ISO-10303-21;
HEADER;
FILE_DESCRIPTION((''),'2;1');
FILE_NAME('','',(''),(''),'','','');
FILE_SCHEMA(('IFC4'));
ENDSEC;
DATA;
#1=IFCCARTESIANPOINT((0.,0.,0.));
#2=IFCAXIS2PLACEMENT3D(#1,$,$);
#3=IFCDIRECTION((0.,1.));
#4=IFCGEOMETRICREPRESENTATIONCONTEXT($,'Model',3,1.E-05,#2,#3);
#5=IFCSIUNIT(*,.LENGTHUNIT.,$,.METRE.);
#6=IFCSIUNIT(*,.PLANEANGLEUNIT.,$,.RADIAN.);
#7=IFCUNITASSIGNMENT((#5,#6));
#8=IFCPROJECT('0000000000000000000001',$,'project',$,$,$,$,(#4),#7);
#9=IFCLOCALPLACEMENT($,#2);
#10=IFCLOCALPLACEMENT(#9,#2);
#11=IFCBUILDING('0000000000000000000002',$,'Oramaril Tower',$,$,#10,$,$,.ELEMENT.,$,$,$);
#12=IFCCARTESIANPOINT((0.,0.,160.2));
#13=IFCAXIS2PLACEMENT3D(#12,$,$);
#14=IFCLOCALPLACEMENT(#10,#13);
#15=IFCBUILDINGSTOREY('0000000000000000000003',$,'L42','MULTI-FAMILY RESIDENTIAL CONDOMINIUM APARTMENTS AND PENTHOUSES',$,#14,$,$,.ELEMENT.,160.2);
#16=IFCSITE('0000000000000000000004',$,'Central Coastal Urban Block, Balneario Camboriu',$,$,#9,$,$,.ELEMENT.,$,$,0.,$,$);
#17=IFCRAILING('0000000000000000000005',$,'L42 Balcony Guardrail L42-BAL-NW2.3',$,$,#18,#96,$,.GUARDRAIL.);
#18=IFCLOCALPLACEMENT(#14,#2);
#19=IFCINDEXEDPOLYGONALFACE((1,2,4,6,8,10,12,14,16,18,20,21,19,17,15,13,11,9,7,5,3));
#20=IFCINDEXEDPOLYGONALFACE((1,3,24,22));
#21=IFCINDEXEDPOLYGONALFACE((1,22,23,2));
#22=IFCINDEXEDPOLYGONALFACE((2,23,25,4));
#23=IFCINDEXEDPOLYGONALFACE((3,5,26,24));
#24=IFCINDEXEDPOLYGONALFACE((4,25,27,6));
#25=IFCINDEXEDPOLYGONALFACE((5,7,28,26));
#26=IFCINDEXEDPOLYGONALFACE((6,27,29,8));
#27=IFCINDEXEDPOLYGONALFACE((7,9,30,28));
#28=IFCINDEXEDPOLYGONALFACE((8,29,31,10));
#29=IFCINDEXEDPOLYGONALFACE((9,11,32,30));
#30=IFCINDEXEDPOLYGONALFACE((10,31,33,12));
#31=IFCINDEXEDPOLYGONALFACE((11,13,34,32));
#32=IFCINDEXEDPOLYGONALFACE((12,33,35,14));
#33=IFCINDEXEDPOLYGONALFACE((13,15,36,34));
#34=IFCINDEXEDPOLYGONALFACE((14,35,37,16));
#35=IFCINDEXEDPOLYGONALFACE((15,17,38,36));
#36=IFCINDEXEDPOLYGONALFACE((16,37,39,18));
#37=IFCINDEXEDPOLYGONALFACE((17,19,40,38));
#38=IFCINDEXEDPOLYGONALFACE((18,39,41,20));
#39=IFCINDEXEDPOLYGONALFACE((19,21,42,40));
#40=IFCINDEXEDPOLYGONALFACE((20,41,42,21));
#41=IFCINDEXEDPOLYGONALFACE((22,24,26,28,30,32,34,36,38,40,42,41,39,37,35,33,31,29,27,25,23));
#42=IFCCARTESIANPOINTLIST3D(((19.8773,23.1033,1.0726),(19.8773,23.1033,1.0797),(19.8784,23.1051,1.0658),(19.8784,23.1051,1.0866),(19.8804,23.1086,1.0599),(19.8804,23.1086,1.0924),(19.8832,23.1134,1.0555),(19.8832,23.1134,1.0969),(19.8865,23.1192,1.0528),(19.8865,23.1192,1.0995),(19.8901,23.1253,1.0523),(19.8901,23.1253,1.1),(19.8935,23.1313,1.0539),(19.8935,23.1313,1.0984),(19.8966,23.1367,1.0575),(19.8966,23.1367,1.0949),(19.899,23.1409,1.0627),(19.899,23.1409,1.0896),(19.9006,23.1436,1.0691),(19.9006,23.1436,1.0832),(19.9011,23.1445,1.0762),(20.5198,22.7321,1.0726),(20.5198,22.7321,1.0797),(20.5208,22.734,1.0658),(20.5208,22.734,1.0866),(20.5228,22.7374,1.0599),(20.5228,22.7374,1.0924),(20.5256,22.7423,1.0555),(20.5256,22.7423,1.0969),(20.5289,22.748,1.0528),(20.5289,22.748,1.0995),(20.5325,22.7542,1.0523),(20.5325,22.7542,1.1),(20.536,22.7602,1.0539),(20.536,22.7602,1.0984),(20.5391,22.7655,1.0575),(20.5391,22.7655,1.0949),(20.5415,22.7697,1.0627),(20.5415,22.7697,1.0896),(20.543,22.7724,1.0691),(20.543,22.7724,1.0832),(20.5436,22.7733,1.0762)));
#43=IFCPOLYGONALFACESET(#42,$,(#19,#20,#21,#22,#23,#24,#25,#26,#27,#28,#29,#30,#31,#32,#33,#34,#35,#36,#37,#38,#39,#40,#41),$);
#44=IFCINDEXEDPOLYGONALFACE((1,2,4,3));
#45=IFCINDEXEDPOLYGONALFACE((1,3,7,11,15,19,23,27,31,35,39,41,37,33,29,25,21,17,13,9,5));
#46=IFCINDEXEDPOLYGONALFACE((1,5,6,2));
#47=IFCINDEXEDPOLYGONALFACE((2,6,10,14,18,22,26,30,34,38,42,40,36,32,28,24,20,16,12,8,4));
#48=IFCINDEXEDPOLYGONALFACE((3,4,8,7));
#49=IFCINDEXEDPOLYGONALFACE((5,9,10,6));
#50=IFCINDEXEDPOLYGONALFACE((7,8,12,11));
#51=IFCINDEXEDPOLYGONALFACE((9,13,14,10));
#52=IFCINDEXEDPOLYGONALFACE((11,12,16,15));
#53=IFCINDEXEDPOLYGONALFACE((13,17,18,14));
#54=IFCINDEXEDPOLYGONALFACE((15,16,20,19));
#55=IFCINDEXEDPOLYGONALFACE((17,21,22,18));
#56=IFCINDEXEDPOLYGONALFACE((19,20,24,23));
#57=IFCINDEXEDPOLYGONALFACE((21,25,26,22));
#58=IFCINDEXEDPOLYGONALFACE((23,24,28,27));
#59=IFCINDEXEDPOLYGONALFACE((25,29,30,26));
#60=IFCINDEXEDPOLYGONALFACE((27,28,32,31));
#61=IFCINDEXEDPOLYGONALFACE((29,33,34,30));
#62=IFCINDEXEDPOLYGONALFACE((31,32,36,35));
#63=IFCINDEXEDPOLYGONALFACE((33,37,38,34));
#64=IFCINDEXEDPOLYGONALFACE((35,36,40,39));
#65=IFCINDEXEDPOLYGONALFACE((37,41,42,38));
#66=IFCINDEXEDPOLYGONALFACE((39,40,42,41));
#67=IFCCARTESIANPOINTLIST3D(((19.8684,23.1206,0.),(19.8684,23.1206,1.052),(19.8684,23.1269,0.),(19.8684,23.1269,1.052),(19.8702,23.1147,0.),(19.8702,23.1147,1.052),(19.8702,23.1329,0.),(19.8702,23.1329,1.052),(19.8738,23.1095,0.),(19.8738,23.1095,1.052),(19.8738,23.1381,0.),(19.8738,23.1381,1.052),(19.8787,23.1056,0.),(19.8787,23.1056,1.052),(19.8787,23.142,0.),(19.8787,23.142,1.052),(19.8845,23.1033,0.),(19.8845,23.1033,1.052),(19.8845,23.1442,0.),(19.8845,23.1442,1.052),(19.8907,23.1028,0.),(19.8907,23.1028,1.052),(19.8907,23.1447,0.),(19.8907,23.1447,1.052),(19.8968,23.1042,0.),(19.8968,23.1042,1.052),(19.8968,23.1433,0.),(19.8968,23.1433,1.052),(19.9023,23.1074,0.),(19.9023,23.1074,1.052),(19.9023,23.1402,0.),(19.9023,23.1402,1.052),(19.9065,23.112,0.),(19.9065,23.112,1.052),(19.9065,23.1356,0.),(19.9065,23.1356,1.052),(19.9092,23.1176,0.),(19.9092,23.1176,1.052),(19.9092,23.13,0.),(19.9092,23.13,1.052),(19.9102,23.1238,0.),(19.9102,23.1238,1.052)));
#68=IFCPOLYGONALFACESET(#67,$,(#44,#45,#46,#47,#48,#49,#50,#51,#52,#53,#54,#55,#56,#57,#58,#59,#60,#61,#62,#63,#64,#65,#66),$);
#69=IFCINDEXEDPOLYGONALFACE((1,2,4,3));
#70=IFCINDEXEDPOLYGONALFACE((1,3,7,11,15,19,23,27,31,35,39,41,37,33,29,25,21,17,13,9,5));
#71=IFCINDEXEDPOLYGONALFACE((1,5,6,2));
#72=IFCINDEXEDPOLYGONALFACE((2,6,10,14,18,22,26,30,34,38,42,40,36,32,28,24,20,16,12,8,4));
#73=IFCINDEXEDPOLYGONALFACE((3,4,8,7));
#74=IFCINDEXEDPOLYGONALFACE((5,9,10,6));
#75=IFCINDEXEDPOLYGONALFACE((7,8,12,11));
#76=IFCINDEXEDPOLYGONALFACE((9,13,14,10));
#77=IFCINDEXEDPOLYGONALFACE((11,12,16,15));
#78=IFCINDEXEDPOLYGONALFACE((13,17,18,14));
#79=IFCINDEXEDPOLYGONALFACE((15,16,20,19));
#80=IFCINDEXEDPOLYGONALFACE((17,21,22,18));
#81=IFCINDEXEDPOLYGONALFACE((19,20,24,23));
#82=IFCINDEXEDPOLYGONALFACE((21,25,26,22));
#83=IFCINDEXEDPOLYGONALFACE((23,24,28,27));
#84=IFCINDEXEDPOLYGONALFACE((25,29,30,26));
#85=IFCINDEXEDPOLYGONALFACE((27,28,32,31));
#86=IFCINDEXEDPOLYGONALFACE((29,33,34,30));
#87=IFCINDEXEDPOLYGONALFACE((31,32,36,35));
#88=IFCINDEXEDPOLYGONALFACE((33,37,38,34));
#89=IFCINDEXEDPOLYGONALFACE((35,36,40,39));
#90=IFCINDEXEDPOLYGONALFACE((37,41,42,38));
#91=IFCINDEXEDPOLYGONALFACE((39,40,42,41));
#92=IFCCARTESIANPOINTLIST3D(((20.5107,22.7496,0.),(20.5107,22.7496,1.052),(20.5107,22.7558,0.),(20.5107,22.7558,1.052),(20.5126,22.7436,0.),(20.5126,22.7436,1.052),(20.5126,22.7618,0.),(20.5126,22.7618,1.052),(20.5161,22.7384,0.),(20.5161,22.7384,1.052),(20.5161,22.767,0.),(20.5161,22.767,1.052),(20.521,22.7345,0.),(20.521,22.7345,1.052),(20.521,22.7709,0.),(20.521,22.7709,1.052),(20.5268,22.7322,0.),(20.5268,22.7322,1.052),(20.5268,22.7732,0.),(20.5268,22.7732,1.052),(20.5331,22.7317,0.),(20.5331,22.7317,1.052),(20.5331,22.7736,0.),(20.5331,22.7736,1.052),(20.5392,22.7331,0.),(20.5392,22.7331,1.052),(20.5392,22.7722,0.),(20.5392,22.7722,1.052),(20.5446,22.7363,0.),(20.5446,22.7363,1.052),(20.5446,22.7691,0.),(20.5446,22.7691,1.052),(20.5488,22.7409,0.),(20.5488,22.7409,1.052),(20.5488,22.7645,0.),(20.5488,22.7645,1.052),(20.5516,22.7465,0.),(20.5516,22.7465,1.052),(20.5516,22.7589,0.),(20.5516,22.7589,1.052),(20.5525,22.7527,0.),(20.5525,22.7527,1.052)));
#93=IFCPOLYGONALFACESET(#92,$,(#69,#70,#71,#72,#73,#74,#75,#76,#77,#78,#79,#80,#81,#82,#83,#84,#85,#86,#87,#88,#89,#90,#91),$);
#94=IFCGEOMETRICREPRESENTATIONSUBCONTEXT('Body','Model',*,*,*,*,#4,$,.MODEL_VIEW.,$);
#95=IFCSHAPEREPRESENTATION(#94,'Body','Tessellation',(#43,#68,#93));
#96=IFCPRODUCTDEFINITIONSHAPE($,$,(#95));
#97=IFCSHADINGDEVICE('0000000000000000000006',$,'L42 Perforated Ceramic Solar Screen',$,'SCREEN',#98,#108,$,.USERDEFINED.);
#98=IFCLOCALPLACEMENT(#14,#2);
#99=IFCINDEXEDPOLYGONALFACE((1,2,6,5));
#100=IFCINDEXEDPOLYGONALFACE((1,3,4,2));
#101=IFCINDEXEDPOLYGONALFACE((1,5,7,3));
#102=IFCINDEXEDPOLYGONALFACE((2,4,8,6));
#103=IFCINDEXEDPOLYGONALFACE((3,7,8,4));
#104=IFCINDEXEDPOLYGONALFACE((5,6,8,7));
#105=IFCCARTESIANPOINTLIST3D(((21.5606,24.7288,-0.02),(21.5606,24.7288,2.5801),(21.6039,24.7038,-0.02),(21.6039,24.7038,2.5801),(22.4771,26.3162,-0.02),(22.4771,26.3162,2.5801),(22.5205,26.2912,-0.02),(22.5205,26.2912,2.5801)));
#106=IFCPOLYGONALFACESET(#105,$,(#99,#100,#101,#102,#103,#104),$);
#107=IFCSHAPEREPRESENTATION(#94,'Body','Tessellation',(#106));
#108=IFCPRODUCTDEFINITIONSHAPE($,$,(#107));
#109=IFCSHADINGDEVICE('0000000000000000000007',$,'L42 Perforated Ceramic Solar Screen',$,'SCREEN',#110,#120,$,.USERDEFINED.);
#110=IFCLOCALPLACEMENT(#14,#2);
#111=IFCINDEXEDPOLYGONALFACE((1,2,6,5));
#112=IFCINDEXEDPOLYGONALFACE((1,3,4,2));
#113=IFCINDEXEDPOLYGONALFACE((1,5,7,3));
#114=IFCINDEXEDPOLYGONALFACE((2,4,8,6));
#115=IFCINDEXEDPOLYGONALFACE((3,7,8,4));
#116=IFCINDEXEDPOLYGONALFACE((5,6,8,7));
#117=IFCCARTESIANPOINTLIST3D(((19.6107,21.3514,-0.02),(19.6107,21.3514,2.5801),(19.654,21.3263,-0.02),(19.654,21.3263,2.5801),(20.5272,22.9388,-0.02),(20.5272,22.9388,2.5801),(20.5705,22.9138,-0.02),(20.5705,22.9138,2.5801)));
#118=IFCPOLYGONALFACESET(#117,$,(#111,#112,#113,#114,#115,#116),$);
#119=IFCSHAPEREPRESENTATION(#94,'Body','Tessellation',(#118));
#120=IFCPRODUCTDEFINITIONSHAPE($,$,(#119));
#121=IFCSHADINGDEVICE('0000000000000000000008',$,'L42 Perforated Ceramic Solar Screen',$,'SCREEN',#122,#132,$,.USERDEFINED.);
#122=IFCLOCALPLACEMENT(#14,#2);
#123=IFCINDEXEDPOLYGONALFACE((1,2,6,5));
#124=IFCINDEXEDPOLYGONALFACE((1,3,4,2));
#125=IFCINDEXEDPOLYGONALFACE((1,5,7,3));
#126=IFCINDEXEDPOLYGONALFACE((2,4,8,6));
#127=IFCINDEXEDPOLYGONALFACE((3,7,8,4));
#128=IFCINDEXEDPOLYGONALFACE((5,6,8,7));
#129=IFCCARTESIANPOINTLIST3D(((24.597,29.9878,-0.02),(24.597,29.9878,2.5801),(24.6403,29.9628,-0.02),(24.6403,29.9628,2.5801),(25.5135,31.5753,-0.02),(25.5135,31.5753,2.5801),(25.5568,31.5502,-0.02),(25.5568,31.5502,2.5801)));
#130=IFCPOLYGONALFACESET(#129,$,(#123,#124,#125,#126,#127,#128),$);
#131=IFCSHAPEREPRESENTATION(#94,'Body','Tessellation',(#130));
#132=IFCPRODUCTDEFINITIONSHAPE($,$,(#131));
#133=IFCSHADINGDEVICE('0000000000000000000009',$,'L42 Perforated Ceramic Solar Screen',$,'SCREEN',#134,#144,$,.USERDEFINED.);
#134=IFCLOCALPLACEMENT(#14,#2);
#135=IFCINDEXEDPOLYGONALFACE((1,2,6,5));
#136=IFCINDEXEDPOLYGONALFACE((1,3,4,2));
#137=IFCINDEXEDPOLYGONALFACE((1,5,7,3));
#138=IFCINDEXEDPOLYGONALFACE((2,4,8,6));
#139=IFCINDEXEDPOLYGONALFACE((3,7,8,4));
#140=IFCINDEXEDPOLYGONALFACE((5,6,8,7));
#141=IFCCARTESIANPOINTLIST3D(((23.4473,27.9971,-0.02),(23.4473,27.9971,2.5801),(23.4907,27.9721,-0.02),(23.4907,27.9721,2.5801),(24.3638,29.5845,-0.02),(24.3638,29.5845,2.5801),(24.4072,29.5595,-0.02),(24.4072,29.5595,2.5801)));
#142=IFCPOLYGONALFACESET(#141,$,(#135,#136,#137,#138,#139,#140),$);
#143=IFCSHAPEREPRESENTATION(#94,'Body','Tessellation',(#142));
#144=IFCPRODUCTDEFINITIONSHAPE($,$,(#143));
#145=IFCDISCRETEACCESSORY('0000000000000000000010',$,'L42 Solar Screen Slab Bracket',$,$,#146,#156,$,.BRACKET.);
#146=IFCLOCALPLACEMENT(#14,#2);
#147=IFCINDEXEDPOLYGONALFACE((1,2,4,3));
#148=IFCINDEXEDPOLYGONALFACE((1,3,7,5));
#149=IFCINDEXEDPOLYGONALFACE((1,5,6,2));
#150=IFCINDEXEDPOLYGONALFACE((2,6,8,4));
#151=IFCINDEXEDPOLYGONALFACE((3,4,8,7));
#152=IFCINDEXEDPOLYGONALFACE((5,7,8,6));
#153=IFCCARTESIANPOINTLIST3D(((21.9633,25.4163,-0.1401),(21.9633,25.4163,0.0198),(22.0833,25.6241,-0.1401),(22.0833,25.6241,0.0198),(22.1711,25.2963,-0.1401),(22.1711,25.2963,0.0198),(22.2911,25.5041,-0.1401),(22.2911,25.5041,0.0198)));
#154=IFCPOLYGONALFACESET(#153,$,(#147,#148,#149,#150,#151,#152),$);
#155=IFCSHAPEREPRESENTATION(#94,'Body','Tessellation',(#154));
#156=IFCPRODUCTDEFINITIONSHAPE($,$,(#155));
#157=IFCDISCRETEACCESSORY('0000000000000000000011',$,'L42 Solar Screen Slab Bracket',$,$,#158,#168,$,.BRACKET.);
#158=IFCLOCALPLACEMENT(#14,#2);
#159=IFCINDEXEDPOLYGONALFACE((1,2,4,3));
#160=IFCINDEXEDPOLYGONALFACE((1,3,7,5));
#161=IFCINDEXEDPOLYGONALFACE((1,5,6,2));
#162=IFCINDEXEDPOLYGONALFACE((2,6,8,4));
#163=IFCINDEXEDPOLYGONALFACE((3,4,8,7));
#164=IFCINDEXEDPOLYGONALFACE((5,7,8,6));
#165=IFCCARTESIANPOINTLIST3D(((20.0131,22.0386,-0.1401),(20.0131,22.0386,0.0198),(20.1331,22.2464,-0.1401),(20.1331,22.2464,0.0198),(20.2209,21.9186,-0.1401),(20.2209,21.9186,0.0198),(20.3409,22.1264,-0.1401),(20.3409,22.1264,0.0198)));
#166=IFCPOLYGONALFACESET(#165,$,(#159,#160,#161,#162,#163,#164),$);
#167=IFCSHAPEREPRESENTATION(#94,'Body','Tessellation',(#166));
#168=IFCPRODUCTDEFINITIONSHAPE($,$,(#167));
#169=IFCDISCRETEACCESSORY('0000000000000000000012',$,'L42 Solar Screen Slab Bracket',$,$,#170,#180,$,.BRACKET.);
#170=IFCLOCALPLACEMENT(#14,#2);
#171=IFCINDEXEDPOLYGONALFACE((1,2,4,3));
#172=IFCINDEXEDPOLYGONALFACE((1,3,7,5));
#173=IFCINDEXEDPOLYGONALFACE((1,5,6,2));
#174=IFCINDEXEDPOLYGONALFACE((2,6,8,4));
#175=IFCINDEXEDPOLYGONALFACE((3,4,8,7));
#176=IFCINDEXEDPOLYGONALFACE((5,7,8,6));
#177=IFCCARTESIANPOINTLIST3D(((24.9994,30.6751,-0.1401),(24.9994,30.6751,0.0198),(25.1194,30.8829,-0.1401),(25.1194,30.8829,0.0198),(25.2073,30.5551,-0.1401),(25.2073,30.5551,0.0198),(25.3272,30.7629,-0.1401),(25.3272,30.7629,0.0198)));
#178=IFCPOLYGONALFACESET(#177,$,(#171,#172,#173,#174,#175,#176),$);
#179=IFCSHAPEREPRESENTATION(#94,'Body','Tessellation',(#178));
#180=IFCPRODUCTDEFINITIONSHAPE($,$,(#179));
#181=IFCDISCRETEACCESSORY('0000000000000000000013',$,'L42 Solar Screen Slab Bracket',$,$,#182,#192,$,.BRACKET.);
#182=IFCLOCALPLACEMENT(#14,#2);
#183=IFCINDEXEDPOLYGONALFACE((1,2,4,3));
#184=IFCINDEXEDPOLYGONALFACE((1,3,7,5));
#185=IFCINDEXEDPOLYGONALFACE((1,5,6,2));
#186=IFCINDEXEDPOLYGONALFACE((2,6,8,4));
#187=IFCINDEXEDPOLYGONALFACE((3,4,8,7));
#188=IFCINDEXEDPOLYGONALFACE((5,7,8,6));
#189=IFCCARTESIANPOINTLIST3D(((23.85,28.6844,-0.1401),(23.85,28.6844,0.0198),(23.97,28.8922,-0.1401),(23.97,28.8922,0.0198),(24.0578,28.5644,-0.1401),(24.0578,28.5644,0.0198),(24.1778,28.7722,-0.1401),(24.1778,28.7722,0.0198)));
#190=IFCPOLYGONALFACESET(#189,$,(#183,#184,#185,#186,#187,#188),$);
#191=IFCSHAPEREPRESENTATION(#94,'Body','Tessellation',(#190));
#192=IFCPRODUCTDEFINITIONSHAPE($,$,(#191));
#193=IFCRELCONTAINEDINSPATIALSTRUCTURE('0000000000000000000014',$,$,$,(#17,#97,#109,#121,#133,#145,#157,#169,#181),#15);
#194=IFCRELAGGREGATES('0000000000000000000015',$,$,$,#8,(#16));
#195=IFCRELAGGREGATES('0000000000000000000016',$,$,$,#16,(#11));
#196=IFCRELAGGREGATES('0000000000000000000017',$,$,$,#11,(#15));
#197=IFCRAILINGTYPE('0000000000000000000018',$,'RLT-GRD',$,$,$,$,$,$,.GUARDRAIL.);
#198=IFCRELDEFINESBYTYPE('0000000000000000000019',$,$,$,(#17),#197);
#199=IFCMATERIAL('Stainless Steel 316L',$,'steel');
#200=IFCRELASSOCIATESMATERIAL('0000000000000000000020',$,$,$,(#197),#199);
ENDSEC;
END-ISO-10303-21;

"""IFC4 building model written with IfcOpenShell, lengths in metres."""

from ifc_helpers import new_model, si_unit, direction, frame, origin, origin_2d, place, context, subcontext, project, spatial, rectangle, circle, extrude, material, type_object, element, save


model = new_model("IFC4")

# Units and contexts
model_context = context("Model", 3, precision=1e-05, world=origin(), true_north=direction((0.0, 1.0)))
body_context = subcontext(model_context, "Body", "Model", "MODEL_VIEW")
ifc_project = project(units=[si_unit("LENGTHUNIT", "METRE"), si_unit("PLANEANGLEUNIT", "RADIAN")], contexts=[model_context])

# Site, building, storey
site_placement = place(None, origin())
site = spatial("IfcSite", under=ifc_project, at=site_placement, Name="Central Coastal Urban Block, Balneario Camboriu", CompositionType="ELEMENT", RefElevation=0.0)
building_placement = place(site_placement, origin())
building = spatial("IfcBuilding", under=site, at=building_placement, Name="Oramaril Tower", CompositionType="ELEMENT")
storey_placement = place(building_placement, frame((0.0, 0.0, 160.2)))
storey = spatial("IfcBuildingStorey", under=building, at=storey_placement, Name="L42", Description="MULTI-FAMILY RESIDENTIAL CONDOMINIUM APARTMENTS AND PENTHOUSES", CompositionType="ELEMENT", Elevation=160.2)

# Railing
ifc_material_1 = material(Name="Stainless Steel 316L", Category="steel")
railing_type = type_object("IfcRailingType", Name="RLT-GRD", PredefinedType="GUARDRAIL", material=ifc_material_1)
railing_placement = place(storey_placement, frame((19.8892, 23.1238, 0.0)))
element("IfcRailing", 1, at=railing_placement, inside=storey, type_object=railing_type, Name="L42 Balcony Guardrail L42-BAL-NW2.3", PredefinedType="GUARDRAIL", context=body_context, shape_type="SweptSolid", body=[
    extrude(circle(Radius=0.0239, at=origin_2d()), frame((0.0, 0.0, 1.0762), z_axis=(0.865884, -0.500245, 0.0), x_axis=(0.500245, 0.865884, 0.0)), (0.0, 0.0, 1.0), 0.7419),
    extrude(circle(Radius=0.021, at=origin_2d()), origin(), (0.0, 0.0, 1.0), 1.052),
    extrude(circle(Radius=0.021, at=origin_2d()), frame((0.6423, -0.3711, 0.0)), (0.0, 0.0, 1.0), 1.052),
])

# Shading devices
for number, where, z_axis, x_axis, name in (
    (2, (22.0405, 25.51, -0.02), (0.0, 0.0, 1.0), (-0.5, -0.866025, 0.0), "L42 Perforated Ceramic Solar Screen"),
    (3, (20.0906, 22.1326, -0.02), (0.0, 0.0, 1.0), (-0.5, -0.866025, 0.0), "L42 Perforated Ceramic Solar Screen"),
    (4, (25.0769, 30.769, -0.02), (0.0, 0.0, 1.0), (-0.5, -0.866025, 0.0), "L42 Perforated Ceramic Solar Screen"),
    (5, (23.9272, 28.7783, -0.02), (0.0, 0.0, 1.0), (-0.5, -0.866025, 0.0), "L42 Perforated Ceramic Solar Screen"),
):
    element("IfcShadingDevice", number, at=place(storey_placement, frame(where, z_axis=z_axis, x_axis=x_axis)), inside=storey, Name=name, ObjectType="SCREEN", PredefinedType="USERDEFINED", context=body_context, shape_type="SweptSolid", body=[
        extrude(rectangle(XDim=1.833, YDim=0.05, at=origin_2d()), origin(), (0.0, 0.0, 1.0), 2.6001),
    ])

# Discrete accessories
for number, where, z_axis, x_axis, name in (
    (6, (22.1272, 25.4602, -0.1401), (0.0, 0.0, 1.0), (-0.5, -0.866025, 0.0), "L42 Solar Screen Slab Bracket"),
    (7, (20.177, 22.0825, -0.1401), (0.0, 0.0, 1.0), (-0.5, -0.866025, 0.0), "L42 Solar Screen Slab Bracket"),
    (8, (25.1633, 30.719, -0.1401), (0.0, 0.0, 1.0), (-0.5, -0.866025, 0.0), "L42 Solar Screen Slab Bracket"),
    (9, (24.0139, 28.7283, -0.1401), (0.0, 0.0, 1.0), (-0.5, -0.866025, 0.0), "L42 Solar Screen Slab Bracket"),
):
    element("IfcDiscreteAccessory", number, at=place(storey_placement, frame(where, z_axis=z_axis, x_axis=x_axis)), inside=storey, Name=name, PredefinedType="BRACKET", context=body_context, shape_type="SweptSolid", body=[
        extrude(rectangle(XDim=0.24, YDim=0.24, at=origin_2d()), origin(), (0.0, 0.0, 1.0), 0.1599),
    ])

save(model, "model.ifc")
